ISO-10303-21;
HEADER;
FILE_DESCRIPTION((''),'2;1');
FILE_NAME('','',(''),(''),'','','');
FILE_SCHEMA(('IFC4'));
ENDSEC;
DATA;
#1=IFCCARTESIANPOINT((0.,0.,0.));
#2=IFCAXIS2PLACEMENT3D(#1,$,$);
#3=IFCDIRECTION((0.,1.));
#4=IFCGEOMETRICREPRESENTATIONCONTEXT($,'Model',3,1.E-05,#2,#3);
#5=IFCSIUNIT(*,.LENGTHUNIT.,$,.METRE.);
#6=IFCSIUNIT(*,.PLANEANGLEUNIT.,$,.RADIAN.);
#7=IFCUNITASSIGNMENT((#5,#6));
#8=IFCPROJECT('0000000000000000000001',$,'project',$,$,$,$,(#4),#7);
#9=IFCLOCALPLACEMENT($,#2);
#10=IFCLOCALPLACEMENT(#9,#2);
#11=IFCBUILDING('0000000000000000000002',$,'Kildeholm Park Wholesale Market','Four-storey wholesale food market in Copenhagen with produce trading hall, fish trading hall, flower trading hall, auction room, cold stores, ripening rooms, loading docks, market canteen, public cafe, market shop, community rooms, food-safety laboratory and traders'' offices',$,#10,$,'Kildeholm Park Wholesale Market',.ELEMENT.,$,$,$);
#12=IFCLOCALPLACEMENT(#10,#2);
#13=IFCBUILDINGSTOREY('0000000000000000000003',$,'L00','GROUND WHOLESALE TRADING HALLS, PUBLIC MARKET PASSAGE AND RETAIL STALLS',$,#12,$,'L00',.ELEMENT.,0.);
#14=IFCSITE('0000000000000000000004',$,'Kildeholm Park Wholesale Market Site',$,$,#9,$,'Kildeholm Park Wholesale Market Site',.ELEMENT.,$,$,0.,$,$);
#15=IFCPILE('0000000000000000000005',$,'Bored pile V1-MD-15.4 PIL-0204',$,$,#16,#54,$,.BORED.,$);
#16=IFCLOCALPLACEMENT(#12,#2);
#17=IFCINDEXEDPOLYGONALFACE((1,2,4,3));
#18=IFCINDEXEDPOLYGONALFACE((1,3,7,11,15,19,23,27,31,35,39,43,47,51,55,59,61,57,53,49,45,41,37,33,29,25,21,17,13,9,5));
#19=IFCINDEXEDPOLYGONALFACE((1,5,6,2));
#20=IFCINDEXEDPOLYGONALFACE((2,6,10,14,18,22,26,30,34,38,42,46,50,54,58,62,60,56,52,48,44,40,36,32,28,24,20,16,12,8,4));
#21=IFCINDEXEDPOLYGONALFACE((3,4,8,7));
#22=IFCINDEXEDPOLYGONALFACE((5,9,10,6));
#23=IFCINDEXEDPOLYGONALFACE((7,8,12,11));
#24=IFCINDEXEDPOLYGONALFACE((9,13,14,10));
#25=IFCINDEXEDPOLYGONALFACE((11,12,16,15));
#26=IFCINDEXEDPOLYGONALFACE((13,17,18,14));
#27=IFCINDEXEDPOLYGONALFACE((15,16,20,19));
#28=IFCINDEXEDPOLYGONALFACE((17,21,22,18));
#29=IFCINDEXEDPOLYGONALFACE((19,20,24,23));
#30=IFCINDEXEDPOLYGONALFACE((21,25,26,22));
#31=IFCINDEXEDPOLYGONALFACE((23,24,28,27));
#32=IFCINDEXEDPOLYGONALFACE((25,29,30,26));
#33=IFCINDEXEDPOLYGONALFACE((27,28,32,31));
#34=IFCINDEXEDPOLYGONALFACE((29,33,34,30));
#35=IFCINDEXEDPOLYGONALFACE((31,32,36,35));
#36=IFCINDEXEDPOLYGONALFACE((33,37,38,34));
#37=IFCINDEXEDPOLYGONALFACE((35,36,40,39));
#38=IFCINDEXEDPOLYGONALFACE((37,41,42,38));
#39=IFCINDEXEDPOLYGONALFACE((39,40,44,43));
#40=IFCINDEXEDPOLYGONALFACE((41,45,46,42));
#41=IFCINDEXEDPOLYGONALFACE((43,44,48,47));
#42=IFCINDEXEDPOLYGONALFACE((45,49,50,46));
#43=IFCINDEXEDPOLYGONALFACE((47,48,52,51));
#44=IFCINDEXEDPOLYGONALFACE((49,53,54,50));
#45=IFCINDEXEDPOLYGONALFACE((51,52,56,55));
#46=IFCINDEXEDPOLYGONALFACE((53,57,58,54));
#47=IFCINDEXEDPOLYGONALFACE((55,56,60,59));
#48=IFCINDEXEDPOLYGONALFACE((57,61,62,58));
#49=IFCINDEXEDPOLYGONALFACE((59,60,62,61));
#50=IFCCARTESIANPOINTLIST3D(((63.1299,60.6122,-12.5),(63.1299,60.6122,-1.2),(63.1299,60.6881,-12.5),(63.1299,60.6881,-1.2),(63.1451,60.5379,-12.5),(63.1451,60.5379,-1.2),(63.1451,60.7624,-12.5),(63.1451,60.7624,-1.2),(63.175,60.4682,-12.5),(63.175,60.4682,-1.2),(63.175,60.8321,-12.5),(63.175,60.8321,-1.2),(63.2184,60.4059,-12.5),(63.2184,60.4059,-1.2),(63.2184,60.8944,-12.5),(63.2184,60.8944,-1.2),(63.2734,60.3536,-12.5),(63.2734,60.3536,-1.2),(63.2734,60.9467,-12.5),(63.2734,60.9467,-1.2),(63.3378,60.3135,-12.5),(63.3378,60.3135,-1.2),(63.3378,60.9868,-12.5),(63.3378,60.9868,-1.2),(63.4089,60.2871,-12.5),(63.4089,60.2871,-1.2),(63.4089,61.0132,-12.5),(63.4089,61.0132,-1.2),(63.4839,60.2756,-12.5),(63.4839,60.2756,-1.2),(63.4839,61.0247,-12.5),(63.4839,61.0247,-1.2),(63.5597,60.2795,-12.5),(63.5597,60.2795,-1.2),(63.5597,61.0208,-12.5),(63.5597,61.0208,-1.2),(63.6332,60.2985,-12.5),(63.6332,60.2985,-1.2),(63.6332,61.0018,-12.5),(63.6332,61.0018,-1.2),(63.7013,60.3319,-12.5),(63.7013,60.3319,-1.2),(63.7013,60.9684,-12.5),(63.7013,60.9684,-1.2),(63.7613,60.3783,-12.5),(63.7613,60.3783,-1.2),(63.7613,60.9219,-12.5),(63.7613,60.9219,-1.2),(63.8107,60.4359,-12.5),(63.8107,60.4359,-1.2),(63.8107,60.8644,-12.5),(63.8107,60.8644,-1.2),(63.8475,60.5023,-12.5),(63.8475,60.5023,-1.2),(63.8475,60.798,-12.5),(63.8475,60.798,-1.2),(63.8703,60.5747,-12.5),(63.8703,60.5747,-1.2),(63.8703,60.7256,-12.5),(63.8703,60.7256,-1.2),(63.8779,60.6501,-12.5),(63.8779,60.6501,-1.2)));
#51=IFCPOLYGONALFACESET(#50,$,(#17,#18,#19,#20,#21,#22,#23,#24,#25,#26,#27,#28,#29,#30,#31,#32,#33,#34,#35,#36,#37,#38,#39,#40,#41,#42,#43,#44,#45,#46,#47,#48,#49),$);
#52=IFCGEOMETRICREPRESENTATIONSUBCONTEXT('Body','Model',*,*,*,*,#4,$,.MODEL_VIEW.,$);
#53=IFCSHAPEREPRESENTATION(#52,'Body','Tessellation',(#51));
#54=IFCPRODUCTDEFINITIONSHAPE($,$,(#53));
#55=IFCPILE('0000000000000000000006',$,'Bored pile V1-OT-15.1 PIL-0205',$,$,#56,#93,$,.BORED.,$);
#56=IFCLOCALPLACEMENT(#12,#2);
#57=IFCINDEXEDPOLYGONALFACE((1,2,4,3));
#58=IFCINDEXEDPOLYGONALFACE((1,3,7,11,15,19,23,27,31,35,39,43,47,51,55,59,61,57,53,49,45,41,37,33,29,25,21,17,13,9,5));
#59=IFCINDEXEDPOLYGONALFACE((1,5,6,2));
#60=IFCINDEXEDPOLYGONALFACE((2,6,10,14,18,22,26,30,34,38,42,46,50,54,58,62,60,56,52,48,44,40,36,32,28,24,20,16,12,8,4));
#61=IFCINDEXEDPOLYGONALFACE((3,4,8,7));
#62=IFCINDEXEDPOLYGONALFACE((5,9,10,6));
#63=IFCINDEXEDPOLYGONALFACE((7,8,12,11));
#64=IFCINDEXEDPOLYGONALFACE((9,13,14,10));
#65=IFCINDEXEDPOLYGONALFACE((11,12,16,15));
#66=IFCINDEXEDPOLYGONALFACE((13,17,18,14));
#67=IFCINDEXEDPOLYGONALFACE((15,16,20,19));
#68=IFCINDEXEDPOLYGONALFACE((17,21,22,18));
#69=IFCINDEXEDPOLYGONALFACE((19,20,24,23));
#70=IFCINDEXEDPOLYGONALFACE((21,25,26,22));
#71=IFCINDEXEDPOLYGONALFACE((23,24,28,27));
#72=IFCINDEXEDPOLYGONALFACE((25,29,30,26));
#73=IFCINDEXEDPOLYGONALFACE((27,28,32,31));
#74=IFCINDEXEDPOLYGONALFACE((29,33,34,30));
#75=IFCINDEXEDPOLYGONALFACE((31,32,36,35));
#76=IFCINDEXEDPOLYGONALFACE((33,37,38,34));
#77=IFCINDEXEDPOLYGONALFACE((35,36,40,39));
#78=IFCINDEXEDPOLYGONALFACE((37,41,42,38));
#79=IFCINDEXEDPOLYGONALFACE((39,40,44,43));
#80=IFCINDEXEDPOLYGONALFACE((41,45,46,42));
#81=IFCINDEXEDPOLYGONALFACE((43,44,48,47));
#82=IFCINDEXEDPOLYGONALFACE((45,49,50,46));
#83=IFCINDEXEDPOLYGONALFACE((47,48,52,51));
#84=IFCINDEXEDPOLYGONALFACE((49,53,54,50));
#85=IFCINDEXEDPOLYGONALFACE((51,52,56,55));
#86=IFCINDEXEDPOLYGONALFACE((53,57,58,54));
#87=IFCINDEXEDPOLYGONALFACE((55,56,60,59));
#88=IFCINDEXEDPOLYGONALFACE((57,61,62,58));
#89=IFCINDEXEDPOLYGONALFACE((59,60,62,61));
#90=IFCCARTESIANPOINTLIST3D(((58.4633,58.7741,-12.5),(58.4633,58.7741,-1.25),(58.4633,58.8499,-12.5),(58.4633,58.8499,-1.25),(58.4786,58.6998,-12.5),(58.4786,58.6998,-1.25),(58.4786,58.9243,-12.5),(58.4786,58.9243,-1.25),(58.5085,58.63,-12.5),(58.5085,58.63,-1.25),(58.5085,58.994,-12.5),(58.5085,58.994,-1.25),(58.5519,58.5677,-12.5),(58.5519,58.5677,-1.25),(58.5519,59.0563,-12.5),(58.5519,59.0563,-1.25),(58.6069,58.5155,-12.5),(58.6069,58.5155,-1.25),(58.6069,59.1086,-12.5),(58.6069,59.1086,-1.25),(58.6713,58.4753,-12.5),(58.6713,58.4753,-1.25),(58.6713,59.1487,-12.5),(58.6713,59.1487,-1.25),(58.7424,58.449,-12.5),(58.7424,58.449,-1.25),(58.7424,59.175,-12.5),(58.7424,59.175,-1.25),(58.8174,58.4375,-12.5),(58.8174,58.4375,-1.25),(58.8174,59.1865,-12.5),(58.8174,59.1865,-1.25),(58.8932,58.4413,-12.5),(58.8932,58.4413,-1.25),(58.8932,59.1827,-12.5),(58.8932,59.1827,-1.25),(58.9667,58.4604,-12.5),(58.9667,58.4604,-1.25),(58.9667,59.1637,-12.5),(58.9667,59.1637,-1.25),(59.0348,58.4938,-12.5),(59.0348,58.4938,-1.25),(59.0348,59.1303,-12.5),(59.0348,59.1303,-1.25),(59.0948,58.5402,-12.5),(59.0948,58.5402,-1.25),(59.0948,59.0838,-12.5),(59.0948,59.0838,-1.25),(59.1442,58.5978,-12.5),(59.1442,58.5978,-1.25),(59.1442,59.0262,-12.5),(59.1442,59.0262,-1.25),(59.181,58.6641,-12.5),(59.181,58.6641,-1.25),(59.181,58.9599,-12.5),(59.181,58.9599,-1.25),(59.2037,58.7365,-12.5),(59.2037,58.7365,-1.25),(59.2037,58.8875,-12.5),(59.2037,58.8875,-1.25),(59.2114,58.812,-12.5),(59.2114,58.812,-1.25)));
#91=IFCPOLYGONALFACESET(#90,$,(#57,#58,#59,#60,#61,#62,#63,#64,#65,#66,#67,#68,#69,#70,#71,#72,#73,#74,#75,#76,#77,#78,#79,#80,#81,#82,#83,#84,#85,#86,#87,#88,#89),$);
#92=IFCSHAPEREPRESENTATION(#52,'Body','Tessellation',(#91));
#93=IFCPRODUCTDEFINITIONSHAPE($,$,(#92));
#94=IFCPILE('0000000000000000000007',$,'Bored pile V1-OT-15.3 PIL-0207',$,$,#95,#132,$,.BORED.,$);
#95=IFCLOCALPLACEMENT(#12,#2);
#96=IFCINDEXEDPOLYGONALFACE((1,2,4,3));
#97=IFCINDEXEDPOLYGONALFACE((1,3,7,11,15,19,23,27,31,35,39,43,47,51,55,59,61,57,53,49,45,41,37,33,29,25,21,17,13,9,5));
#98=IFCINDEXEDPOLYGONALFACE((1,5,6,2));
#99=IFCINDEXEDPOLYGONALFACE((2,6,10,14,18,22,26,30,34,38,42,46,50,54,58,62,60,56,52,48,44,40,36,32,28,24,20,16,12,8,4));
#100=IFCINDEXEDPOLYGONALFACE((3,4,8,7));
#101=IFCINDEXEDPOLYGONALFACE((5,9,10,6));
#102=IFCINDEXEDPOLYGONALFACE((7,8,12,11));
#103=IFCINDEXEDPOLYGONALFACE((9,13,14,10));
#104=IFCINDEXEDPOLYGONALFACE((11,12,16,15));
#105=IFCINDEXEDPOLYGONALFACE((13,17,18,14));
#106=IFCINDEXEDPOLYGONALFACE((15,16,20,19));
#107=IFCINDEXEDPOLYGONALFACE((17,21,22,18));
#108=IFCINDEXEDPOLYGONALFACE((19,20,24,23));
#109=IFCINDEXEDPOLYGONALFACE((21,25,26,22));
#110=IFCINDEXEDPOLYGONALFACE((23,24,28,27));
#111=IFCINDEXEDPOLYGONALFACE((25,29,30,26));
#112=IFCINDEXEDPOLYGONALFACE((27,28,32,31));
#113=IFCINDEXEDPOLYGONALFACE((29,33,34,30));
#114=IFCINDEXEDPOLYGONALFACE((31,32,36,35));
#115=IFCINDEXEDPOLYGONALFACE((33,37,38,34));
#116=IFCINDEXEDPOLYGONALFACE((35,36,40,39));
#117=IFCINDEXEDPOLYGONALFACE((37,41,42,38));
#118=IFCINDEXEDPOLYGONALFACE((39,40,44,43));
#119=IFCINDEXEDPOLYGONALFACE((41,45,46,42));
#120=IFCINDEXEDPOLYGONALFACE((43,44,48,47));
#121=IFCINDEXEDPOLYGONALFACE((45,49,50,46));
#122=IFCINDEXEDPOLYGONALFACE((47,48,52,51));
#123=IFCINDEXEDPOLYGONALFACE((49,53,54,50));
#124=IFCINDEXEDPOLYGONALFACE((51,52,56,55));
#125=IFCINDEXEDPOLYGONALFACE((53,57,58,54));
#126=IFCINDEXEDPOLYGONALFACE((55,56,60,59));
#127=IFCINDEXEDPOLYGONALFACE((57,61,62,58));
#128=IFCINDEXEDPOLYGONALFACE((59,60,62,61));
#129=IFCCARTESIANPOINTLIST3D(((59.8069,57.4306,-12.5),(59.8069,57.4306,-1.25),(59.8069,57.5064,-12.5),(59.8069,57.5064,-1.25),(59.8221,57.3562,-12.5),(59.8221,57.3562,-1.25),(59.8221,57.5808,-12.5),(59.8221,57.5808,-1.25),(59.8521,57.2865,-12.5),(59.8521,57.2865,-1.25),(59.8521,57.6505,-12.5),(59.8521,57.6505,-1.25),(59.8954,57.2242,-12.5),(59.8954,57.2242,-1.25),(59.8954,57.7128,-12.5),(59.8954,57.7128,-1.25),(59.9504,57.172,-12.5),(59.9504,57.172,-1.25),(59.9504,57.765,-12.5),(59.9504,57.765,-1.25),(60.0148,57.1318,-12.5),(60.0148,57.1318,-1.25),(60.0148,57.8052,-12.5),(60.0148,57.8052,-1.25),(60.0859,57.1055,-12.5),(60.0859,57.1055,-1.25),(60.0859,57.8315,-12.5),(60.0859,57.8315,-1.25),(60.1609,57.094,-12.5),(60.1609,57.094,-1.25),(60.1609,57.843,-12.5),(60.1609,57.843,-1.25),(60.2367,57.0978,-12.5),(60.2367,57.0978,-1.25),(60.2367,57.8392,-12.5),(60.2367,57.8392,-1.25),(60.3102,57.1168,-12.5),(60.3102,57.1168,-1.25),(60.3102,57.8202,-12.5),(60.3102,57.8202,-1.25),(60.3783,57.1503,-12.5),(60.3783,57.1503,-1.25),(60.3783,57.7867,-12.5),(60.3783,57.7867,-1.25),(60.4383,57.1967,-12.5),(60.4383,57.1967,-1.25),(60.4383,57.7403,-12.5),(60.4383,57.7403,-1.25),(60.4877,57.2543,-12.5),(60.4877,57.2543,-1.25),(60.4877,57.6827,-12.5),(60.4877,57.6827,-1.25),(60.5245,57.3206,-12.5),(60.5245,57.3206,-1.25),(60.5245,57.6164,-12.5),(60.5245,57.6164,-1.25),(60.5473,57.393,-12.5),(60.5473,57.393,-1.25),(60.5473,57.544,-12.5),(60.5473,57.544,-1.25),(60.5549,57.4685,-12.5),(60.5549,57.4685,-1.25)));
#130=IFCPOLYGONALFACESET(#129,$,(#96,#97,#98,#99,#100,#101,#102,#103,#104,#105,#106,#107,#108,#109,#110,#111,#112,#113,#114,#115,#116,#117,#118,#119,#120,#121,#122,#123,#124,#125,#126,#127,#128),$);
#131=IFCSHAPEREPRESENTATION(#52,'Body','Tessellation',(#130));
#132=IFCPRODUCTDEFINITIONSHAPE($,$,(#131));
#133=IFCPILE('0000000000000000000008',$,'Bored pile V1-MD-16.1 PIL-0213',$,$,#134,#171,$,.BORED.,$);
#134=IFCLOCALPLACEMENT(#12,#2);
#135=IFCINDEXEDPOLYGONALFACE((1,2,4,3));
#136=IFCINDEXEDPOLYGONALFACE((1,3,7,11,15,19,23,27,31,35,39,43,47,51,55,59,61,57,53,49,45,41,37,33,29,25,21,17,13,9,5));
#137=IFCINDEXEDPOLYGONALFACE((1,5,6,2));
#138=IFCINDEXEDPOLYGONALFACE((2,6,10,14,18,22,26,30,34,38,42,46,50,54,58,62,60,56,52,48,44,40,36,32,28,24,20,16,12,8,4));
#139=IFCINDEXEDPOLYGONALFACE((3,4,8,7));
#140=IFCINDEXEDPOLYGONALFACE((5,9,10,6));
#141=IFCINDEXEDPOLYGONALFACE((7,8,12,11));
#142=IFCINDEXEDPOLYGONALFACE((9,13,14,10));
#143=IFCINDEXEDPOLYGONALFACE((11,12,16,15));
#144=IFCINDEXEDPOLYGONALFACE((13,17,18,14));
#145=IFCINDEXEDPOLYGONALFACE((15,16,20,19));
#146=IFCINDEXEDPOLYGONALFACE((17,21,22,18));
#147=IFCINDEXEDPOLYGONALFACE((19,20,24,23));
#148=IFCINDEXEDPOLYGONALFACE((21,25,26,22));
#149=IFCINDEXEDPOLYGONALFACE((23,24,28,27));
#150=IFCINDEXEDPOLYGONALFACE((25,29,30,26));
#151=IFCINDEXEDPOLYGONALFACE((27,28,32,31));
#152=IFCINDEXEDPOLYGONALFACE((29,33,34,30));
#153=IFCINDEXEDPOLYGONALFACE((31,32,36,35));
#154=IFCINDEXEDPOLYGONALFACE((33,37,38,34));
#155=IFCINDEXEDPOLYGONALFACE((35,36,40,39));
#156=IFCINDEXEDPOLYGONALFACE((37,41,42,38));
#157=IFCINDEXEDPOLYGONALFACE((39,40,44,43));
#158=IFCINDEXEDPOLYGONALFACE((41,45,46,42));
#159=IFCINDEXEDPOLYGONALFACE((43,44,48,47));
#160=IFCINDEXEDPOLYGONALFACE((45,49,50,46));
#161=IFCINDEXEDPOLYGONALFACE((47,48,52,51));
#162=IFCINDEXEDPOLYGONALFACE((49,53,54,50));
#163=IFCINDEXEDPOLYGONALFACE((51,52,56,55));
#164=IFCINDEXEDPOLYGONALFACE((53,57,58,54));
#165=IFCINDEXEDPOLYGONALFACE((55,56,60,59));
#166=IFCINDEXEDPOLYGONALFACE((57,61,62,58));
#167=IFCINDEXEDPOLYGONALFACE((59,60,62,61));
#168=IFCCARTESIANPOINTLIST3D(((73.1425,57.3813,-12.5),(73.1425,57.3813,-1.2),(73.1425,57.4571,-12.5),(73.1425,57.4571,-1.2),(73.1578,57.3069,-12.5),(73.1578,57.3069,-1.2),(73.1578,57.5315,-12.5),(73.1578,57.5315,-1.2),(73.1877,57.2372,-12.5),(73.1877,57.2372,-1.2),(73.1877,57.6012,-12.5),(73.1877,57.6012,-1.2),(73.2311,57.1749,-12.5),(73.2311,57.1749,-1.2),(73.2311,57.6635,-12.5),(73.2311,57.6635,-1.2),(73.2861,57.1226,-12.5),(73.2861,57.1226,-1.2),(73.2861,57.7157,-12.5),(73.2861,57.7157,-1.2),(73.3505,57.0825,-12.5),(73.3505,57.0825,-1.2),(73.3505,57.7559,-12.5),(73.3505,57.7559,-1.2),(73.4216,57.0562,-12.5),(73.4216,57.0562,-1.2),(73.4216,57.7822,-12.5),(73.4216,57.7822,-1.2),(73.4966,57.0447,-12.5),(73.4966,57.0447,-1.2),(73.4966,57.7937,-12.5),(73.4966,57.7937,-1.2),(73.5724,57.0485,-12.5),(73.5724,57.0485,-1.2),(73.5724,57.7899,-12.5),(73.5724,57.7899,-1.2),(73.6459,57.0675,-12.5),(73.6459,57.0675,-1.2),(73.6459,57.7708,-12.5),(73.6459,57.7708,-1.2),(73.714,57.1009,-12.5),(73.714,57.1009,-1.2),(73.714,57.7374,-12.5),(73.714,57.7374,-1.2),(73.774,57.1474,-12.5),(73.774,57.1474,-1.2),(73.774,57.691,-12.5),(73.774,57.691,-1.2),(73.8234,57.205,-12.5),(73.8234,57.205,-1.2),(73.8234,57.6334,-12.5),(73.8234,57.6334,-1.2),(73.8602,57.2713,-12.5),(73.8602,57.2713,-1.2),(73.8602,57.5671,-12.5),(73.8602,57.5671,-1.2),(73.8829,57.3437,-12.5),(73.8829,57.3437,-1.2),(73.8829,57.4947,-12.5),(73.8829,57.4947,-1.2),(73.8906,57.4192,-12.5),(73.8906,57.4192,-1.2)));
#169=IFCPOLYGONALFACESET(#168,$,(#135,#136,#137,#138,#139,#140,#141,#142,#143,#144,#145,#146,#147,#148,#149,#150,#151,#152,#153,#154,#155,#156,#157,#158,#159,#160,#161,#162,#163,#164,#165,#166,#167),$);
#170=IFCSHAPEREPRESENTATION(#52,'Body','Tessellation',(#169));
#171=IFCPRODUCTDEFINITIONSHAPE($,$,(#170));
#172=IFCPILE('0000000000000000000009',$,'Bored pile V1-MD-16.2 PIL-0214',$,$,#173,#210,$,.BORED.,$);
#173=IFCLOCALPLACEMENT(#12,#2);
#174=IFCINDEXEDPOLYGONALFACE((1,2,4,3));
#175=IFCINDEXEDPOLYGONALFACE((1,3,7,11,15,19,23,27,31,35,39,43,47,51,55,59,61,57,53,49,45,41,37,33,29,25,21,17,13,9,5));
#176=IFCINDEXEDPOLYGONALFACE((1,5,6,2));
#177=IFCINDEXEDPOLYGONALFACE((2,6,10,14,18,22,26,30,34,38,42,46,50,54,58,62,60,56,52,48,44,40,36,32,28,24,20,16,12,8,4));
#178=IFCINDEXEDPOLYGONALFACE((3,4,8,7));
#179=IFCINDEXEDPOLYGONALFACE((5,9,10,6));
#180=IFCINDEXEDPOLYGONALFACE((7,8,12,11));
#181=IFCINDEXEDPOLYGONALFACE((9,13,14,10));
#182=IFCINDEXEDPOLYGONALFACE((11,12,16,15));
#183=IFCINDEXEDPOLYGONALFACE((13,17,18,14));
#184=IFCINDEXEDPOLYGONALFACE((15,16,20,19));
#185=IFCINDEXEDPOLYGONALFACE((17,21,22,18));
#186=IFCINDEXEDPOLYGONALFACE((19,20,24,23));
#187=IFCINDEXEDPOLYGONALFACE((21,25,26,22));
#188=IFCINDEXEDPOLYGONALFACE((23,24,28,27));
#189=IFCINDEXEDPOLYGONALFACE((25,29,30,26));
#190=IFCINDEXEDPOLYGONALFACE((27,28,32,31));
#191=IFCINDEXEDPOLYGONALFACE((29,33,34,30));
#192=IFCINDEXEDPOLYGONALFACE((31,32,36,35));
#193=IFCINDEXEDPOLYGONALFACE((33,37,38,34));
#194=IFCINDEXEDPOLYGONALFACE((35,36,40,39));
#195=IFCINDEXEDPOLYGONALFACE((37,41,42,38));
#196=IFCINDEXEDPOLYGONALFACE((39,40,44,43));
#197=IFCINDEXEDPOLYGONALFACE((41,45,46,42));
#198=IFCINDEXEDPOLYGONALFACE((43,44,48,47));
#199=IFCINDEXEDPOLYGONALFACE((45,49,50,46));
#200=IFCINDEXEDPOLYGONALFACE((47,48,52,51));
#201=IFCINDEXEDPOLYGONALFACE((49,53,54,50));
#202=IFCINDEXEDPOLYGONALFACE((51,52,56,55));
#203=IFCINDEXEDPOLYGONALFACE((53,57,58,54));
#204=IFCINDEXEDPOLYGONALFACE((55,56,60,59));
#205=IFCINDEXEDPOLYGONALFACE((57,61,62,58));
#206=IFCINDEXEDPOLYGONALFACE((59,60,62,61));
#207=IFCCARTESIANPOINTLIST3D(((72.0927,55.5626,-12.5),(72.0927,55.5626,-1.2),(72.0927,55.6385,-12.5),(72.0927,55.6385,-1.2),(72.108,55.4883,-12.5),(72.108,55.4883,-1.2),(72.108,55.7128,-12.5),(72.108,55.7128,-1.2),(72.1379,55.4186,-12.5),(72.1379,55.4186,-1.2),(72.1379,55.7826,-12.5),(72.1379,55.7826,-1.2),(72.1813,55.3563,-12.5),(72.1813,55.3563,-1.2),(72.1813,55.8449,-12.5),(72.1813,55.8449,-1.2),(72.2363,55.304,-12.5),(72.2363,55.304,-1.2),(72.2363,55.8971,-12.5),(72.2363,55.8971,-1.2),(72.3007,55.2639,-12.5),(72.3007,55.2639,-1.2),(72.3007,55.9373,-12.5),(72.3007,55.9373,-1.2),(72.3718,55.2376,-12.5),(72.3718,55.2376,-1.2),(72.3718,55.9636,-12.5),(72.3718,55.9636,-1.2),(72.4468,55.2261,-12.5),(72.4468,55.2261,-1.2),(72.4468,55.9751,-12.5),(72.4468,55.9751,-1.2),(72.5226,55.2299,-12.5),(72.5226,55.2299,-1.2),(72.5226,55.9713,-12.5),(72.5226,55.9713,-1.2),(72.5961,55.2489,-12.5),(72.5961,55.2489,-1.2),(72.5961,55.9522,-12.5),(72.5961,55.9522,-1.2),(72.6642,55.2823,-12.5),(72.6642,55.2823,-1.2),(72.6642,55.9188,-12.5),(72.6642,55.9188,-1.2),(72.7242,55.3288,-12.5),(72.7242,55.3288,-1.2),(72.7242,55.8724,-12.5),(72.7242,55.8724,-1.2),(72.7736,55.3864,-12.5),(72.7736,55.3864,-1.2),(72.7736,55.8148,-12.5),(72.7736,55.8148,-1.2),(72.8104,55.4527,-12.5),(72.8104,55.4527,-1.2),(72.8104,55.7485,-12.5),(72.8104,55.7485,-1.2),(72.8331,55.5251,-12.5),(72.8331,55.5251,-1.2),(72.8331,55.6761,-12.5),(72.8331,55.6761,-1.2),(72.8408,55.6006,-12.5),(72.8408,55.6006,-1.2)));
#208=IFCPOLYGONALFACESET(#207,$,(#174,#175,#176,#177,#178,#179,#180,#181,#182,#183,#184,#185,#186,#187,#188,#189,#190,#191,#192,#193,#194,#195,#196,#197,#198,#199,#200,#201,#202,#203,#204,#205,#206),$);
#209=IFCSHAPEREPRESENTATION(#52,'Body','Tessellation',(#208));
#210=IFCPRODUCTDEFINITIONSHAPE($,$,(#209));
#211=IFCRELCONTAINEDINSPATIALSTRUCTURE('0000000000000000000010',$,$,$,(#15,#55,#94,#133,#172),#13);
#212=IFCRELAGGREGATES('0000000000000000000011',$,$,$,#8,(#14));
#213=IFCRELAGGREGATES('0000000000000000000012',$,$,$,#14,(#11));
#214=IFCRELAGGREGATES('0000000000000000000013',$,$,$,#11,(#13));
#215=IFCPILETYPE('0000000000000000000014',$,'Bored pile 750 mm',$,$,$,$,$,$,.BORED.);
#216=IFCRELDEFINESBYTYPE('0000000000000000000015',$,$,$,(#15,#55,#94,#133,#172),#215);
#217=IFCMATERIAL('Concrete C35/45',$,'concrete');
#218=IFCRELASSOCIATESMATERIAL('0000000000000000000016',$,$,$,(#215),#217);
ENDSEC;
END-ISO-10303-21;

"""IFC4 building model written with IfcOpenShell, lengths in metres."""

from ifc_helpers import new_model, si_unit, direction, frame, origin, origin_2d, place, context, subcontext, project, spatial, circle, extrude, material, material_profile, profile_set, type_object, element, save


model = new_model("IFC4")

# Units and contexts
model_context = context("Model", 3, precision=1e-05, world=origin(), true_north=direction((0.0, 1.0)))
body_context = subcontext(model_context, "Body", "Model", "MODEL_VIEW")
ifc_project = project(units=[si_unit("LENGTHUNIT", "METRE"), si_unit("PLANEANGLEUNIT", "RADIAN")], contexts=[model_context])

# Site, building, storey
site_placement = place(None, origin())
site = spatial("IfcSite", under=ifc_project, at=site_placement, Name="Kildeholm Park Wholesale Market Site", LongName="Kildeholm Park Wholesale Market Site", CompositionType="ELEMENT", RefElevation=0.0)
building_placement = place(site_placement, origin())
building = spatial("IfcBuilding", under=site, at=building_placement, Name="Kildeholm Park Wholesale Market", Description="Four-storey wholesale food market in Copenhagen with produce trading hall, fish trading hall, flower trading hall, auction room, cold stores, ripening rooms, loading docks, market canteen, public cafe, market shop, community rooms, food-safety laboratory and traders' offices", LongName="Kildeholm Park Wholesale Market", CompositionType="ELEMENT")
storey_placement = place(building_placement, origin())
storey = spatial("IfcBuildingStorey", under=building, at=storey_placement, Name="L00", Description="GROUND WHOLESALE TRADING HALLS, PUBLIC MARKET PASSAGE AND RETAIL STALLS", LongName="L00", CompositionType="ELEMENT", Elevation=0.0)

# Piles
ifc_material_1 = material(Name="Concrete C35/45", Category="concrete")
ifc_material_profile_1 = material_profile(ifc_material_1, circle(Radius=0.375, at=origin_2d()), Name="PILE D750")
ifc_profile_set_1 = profile_set([ifc_material_profile_1], Name="Concrete C35/45")
pile_type_1 = type_object("IfcPileType", Name="Bored pile 750 mm", PredefinedType="BORED", material=ifc_profile_set_1)
for number, where, z_axis, x_axis, name in (
    (1, (63.5029, 60.6501, -1.2), (0.0, 0.0, -1.0), (1.0, 0.0, 0.0), "Bored pile V1-MD-15.4 PIL-0204"),
):
    element("IfcPile", number, at=place(storey_placement, frame(where, z_axis=z_axis, x_axis=x_axis)), inside=storey, type_object=pile_type_1, Name=name, PredefinedType="BORED", context=body_context, shape_type="SweptSolid", body=[
        extrude(circle(Radius=0.375, at=origin_2d()), origin(), (0.0, 0.0, 1.0), 11.3),
    ])
for number, where, z_axis, x_axis, name in (
    (2, (58.8364, 58.812, -1.25), (0.0, 0.0, -1.0), (1.0, 0.0, 0.0), "Bored pile V1-OT-15.1 PIL-0205"),
    (3, (60.1799, 57.4685, -1.25), (0.0, 0.0, -1.0), (1.0, 0.0, 0.0), "Bored pile V1-OT-15.3 PIL-0207"),
):
    element("IfcPile", number, at=place(storey_placement, frame(where, z_axis=z_axis, x_axis=x_axis)), inside=storey, type_object=pile_type_1, Name=name, PredefinedType="BORED", context=body_context, shape_type="SweptSolid", body=[
        extrude(circle(Radius=0.375, at=origin_2d()), origin(), (0.0, 0.0, 1.0), 11.25),
    ])
for number, where, z_axis, x_axis, name in (
    (4, (73.5156, 57.4192, -1.2), (0.0, 0.0, -1.0), (1.0, 0.0, 0.0), "Bored pile V1-MD-16.1 PIL-0213"),
    (5, (72.4658, 55.6006, -1.2), (0.0, 0.0, -1.0), (1.0, 0.0, 0.0), "Bored pile V1-MD-16.2 PIL-0214"),
):
    element("IfcPile", number, at=place(storey_placement, frame(where, z_axis=z_axis, x_axis=x_axis)), inside=storey, type_object=pile_type_1, Name=name, PredefinedType="BORED", context=body_context, shape_type="SweptSolid", body=[
        extrude(circle(Radius=0.375, at=origin_2d()), origin(), (0.0, 0.0, 1.0), 11.3),
    ])

save(model, "model.ifc")
